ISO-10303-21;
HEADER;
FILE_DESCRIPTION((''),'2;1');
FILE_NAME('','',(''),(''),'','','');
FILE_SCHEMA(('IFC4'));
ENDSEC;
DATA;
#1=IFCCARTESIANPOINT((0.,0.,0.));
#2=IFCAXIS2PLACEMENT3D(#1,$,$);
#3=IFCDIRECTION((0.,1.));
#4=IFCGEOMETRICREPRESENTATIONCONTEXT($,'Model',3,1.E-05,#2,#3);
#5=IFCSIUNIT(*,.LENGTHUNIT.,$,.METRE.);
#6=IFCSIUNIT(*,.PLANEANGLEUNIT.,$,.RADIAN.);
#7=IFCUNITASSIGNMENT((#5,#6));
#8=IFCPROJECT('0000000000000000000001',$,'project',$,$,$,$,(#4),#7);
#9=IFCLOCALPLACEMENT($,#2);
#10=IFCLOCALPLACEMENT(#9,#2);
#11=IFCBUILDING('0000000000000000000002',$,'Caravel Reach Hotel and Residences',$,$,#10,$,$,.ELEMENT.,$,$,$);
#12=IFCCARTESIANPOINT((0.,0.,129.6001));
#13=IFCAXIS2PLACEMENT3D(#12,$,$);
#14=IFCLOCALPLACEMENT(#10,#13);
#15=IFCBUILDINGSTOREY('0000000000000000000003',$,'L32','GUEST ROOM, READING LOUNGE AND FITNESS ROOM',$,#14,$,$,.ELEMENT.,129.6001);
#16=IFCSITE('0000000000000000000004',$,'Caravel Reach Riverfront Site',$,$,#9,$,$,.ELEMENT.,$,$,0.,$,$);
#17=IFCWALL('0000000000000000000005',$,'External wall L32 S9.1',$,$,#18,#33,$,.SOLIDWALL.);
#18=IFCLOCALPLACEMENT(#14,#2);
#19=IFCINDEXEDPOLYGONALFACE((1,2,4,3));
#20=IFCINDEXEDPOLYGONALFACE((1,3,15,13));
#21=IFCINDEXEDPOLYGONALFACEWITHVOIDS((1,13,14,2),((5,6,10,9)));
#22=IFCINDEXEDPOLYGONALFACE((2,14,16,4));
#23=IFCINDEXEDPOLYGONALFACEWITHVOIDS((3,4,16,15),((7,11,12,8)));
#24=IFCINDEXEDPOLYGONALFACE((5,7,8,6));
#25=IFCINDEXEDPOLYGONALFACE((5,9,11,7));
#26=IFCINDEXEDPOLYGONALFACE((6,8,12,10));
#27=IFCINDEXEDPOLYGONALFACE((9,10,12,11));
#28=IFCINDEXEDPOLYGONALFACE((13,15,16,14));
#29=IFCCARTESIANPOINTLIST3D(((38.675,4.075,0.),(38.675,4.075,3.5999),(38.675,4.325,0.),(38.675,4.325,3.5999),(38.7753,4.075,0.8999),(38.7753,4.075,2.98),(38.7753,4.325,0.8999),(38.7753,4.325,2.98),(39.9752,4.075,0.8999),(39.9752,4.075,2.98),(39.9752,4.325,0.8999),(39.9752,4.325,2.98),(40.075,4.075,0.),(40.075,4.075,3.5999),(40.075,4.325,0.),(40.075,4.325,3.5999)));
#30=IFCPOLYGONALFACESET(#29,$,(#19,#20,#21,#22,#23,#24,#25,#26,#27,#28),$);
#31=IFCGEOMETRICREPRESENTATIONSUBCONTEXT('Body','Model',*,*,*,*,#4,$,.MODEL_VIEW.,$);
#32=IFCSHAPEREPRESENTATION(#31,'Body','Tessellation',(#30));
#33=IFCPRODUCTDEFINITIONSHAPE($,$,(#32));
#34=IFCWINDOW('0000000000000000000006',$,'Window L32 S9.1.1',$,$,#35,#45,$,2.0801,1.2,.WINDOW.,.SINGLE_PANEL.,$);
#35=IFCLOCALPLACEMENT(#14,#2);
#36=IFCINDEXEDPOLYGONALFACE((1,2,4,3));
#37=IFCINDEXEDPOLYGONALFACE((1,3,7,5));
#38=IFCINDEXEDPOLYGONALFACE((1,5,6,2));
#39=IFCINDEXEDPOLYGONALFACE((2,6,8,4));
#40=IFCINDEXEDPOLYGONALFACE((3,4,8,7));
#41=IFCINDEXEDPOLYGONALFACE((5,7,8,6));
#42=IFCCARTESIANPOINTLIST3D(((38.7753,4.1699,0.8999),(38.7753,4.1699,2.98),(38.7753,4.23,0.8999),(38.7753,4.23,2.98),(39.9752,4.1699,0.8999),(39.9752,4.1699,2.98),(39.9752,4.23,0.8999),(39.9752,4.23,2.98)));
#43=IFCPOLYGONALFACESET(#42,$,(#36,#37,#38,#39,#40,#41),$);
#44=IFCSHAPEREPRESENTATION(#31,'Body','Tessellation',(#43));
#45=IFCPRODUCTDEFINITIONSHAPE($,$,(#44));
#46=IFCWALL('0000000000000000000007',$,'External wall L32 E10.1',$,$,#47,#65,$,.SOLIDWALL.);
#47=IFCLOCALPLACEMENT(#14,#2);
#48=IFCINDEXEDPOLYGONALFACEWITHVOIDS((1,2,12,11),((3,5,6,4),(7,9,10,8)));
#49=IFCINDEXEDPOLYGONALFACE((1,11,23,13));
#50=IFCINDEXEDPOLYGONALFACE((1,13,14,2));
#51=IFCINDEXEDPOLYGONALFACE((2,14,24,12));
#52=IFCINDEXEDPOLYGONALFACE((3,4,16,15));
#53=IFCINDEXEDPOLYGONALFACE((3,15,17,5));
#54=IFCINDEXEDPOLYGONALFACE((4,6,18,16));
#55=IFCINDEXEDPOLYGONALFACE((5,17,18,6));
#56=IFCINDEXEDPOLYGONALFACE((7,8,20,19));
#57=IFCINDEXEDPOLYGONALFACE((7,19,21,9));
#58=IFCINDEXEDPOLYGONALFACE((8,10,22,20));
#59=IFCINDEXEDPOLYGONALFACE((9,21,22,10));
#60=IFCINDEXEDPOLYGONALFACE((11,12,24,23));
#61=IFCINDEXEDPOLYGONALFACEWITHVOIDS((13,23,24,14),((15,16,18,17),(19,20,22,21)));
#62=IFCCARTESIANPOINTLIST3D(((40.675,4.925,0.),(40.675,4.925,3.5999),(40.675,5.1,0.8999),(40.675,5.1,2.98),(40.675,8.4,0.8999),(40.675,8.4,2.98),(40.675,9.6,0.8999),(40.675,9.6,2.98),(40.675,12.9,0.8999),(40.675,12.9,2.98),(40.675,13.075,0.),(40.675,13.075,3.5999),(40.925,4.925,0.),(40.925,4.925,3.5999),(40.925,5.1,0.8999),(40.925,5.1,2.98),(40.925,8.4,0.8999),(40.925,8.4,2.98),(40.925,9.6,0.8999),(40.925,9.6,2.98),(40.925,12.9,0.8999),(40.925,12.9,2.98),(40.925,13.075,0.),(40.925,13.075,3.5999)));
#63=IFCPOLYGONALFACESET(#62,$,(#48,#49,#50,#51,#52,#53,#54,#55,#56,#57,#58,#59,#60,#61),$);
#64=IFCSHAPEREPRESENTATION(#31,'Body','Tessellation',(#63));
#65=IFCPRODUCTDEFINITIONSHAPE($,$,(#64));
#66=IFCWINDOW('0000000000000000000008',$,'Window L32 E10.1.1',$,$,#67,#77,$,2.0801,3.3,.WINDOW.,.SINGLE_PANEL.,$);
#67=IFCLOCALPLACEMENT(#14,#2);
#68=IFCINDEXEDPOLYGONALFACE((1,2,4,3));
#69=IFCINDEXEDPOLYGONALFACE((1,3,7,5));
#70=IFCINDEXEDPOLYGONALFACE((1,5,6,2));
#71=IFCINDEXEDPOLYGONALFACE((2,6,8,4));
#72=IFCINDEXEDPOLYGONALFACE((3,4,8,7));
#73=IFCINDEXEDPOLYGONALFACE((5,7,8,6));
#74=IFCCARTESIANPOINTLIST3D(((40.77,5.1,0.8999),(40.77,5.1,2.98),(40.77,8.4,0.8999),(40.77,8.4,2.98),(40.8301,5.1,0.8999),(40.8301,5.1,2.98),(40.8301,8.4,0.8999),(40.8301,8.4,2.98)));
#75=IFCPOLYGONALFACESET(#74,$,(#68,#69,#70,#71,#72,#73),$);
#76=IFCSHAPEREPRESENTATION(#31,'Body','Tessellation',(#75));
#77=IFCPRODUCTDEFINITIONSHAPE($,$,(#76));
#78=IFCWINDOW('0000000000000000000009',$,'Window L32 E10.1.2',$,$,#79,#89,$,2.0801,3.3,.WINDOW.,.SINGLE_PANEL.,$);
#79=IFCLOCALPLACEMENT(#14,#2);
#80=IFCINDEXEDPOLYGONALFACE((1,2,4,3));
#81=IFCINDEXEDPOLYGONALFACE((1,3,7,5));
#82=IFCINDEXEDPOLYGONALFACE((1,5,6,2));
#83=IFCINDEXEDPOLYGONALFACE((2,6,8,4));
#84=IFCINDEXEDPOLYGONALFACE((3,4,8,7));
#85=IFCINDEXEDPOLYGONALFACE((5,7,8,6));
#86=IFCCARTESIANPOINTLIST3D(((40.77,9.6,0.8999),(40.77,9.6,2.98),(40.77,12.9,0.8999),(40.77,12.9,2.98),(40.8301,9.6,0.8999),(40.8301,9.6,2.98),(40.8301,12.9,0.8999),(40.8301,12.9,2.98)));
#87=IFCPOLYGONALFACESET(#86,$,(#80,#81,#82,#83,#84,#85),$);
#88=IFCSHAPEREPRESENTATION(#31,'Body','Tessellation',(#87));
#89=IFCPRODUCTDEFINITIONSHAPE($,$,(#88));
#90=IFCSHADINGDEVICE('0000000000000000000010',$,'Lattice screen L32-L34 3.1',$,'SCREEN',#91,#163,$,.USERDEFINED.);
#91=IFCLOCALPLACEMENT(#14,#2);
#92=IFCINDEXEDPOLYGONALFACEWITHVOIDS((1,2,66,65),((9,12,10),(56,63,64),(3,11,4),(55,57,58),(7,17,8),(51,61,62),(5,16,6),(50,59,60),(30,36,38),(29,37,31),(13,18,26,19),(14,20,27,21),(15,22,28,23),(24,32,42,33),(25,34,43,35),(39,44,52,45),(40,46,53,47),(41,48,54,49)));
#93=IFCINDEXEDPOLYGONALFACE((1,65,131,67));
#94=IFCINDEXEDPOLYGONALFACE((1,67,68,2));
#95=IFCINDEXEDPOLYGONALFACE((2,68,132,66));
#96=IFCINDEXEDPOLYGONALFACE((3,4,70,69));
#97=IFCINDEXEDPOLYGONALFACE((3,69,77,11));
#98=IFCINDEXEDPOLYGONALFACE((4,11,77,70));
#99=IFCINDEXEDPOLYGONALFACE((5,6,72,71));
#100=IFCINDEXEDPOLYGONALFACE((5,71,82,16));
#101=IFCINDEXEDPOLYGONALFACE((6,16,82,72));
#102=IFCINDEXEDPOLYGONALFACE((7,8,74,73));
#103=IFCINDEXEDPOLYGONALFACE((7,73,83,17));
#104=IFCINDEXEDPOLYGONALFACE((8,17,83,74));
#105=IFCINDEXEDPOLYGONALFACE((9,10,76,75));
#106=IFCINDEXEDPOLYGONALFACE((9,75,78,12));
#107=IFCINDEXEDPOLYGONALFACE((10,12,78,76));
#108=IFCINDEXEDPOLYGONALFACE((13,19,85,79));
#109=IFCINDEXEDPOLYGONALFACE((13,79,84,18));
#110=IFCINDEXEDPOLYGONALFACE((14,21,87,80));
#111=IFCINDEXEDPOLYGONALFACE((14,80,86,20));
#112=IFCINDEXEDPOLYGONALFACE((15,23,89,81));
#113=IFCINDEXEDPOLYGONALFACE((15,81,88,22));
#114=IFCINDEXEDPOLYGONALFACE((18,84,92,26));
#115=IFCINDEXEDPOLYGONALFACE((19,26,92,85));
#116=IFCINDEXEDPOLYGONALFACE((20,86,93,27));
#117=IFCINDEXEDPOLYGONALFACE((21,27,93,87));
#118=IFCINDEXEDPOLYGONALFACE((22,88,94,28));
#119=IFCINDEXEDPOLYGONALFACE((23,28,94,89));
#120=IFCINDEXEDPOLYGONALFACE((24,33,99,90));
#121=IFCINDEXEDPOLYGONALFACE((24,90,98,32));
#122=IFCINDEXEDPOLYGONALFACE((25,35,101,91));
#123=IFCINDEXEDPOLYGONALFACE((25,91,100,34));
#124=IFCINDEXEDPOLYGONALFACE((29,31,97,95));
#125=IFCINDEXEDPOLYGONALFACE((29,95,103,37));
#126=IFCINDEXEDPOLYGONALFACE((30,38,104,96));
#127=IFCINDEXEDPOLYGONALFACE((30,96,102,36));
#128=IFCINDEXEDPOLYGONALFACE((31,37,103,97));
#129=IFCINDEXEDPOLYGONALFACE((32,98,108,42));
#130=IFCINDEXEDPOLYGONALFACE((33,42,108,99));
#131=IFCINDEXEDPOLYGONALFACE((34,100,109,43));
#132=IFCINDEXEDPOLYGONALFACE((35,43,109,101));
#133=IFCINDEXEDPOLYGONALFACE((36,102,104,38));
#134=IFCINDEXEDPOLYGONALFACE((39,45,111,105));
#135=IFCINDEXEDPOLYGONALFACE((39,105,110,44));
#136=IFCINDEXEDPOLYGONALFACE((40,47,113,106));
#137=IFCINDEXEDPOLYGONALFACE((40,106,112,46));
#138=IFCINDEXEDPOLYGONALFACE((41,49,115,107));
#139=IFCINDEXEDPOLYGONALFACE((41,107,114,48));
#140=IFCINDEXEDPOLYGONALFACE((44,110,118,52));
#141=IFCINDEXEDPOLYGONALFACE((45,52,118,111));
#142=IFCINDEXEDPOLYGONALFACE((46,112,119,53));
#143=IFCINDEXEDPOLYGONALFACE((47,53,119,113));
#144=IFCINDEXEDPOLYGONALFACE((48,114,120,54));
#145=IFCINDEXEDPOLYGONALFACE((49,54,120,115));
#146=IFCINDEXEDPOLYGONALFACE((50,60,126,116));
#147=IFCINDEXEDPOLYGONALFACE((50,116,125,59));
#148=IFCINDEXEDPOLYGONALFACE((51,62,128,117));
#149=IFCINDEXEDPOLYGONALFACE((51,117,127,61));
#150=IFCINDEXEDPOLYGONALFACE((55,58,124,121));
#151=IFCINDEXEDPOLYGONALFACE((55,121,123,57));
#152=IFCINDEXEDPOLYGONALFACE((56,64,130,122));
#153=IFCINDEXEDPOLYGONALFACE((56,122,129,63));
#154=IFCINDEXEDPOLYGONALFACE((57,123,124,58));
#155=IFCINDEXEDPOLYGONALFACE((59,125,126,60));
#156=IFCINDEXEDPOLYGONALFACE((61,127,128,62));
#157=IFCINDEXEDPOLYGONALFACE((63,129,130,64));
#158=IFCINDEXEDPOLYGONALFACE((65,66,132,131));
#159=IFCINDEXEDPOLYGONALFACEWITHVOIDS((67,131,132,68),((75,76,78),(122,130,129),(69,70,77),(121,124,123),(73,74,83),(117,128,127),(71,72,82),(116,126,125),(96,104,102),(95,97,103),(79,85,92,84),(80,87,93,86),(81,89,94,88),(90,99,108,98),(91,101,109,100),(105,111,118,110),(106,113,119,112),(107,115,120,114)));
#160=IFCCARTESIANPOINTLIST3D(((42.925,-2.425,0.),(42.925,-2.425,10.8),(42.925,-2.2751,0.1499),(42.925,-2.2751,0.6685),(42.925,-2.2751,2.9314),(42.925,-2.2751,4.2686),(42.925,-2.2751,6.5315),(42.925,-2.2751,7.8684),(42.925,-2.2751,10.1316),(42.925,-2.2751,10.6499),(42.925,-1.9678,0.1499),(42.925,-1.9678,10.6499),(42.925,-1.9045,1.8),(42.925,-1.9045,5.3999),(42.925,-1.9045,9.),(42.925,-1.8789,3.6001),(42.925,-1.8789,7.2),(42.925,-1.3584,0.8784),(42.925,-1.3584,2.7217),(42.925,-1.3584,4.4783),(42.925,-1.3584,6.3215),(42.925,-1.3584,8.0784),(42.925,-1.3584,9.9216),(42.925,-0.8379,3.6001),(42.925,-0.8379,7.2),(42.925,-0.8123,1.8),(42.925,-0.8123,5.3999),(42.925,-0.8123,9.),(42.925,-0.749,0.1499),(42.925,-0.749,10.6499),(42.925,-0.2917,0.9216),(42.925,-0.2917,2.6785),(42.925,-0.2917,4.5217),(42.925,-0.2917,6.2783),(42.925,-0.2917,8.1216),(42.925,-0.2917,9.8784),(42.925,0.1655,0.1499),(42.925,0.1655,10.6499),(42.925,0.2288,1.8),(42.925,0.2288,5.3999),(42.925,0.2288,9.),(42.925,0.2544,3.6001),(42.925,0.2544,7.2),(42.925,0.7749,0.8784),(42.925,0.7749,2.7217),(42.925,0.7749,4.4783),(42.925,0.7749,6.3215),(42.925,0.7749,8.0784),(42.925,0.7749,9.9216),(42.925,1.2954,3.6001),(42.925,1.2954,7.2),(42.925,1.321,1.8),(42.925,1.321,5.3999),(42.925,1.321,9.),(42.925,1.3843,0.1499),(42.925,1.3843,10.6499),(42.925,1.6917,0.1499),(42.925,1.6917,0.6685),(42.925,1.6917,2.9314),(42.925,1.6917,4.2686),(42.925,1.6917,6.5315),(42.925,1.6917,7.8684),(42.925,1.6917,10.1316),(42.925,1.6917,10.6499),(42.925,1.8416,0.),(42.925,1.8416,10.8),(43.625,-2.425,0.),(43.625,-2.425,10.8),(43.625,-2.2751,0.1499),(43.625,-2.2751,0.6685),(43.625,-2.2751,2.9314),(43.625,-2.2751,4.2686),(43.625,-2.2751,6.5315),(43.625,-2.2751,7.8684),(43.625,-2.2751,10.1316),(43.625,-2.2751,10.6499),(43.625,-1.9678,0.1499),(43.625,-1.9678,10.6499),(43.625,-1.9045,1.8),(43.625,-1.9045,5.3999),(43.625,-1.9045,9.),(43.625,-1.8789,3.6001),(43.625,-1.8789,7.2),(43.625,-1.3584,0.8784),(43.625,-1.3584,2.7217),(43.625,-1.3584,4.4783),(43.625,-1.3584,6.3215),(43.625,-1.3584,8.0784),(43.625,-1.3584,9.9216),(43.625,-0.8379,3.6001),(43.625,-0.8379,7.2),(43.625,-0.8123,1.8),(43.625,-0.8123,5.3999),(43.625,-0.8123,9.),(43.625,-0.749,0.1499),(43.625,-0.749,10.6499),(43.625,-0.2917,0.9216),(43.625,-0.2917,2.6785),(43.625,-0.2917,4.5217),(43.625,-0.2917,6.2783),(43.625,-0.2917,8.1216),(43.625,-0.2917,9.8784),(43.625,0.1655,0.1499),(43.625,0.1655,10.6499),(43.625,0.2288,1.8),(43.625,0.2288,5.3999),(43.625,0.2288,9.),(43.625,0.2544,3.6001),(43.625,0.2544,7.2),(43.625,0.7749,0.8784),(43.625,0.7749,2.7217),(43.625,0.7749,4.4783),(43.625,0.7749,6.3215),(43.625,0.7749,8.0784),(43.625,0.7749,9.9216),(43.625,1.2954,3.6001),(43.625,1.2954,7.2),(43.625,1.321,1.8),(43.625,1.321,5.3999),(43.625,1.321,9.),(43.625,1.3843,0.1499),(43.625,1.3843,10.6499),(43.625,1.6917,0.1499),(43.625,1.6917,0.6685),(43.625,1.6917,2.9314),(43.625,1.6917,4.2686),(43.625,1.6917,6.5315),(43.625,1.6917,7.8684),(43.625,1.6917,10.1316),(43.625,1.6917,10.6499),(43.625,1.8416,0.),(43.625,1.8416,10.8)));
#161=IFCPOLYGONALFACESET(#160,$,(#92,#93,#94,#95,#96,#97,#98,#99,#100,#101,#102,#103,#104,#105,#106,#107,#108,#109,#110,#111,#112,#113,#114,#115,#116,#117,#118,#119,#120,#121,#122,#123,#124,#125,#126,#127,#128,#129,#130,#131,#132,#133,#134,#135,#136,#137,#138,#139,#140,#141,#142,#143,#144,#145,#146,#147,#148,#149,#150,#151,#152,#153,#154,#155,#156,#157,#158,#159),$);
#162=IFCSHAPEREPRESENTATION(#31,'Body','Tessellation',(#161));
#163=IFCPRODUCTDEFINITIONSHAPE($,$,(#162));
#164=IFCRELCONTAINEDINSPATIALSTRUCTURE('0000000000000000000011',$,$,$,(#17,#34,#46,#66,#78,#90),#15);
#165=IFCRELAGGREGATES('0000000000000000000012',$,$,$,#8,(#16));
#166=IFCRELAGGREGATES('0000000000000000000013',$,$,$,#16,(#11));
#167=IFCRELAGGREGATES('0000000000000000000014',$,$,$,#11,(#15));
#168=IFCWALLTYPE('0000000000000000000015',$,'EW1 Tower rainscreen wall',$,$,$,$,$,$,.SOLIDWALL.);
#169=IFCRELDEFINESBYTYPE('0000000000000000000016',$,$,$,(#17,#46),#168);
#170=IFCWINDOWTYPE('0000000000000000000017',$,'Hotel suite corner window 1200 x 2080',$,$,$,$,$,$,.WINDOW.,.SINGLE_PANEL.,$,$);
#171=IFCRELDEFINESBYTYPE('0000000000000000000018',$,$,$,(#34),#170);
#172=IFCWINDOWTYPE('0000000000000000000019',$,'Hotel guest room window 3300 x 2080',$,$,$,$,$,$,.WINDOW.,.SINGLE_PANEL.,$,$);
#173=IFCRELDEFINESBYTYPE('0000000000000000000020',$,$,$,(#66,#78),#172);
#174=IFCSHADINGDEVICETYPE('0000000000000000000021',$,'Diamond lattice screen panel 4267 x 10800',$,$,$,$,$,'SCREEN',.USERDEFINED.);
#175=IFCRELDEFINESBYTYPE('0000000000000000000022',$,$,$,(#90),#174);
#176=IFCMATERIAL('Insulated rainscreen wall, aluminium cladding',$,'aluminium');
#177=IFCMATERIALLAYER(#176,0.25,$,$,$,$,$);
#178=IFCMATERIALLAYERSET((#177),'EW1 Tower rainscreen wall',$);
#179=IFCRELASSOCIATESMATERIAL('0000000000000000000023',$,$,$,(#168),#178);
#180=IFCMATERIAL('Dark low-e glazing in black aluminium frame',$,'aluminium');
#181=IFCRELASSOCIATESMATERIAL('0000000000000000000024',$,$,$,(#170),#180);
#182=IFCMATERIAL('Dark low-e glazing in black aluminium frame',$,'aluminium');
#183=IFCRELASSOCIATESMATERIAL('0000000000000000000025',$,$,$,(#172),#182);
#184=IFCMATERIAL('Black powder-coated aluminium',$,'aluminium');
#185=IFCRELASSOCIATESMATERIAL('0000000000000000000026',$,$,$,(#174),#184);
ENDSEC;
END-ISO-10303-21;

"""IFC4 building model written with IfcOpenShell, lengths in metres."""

from ifc_helpers import new_model, si_unit, direction, frame, frame_2d, origin, place, context, subcontext, project, spatial, polyline, rectangle, outline, extrude, material, layer, layer_set, type_object, element, fill, save


model = new_model("IFC4")

# Units and contexts
model_context = context("Model", 3, precision=1e-05, world=origin(), true_north=direction((0.0, 1.0)))
body_context = subcontext(model_context, "Body", "Model", "MODEL_VIEW")
ifc_project = project(units=[si_unit("LENGTHUNIT", "METRE"), si_unit("PLANEANGLEUNIT", "RADIAN")], contexts=[model_context])

# Site, building, storey
site_placement = place(None, origin())
site = spatial("IfcSite", under=ifc_project, at=site_placement, Name="Caravel Reach Riverfront Site", CompositionType="ELEMENT", RefElevation=0.0)
building_placement = place(site_placement, origin())
building = spatial("IfcBuilding", under=site, at=building_placement, Name="Caravel Reach Hotel and Residences", CompositionType="ELEMENT")
storey_placement = place(building_placement, frame((0.0, 0.0, 129.6001)))
storey = spatial("IfcBuildingStorey", under=building, at=storey_placement, Name="L32", Description="GUEST ROOM, READING LOUNGE AND FITNESS ROOM", CompositionType="ELEMENT", Elevation=129.6001)

# Wall, opening, window
ifc_material_1 = material(Name="Insulated rainscreen wall, aluminium cladding", Category="aluminium")
ifc_layer = layer(ifc_material_1, 0.25)
ifc_layer_set = layer_set([ifc_layer], Name="EW1 Tower rainscreen wall")
wall_type = type_object("IfcWallType", Name="EW1 Tower rainscreen wall", PredefinedType="SOLIDWALL", material=ifc_layer_set)
ifc_material_2 = material(Name="Dark low-e glazing in black aluminium frame", Category="aluminium")
window_type_1 = type_object("IfcWindowType", Name="Hotel suite corner window 1200 x 2080", PartitioningType="SINGLE_PANEL", PredefinedType="WINDOW", material=ifc_material_2)
wall_1_placement = place(storey_placement, frame((38.675, 4.2, 0.0), z_axis=(0.0, 0.0, 1.0), x_axis=(1.0, 0.0, 0.0)))
wall_1 = element("IfcWall", 1, at=wall_1_placement, inside=storey, type_object=wall_type, Name="External wall L32 S9.1", PredefinedType="SOLIDWALL", context=body_context, shape_type="SweptSolid", body=[
    extrude(rectangle(XDim=1.3999, YDim=0.25, at=frame_2d((0.7, 0.0))), origin(), (0.0, 0.0, 1.0), 3.5999),
])
opening_1_placement = place(wall_1_placement, frame((0.1001, 0.0, 0.8999)))
opening_1 = element("IfcOpeningElement", 2, at=opening_1_placement, cuts=wall_1, PredefinedType="OPENING", context=body_context, shape_type="SweptSolid", body=[
    extrude(rectangle(XDim=1.2, YDim=2.0801, at=frame_2d((0.6001, 1.04))), frame((0.0, 0.135, 0.0), z_axis=(0.0, -1.0, 0.0), x_axis=(1.0, 0.0, 0.0)), (0.0, 0.0, 1.0), 0.27),
])
window_1_placement = place(opening_1_placement, origin())
window_1 = element("IfcWindow", 3, at=window_1_placement, inside=storey, type_object=window_type_1, Name="Window L32 S9.1.1", OverallHeight=2.0801, OverallWidth=1.2, PartitioningType="SINGLE_PANEL", PredefinedType="WINDOW", context=body_context, shape_type="SweptSolid", body=[
    extrude(rectangle(XDim=1.2, YDim=2.0801, at=frame_2d((0.6001, 1.04))), frame((0.0, 0.03, 0.0), z_axis=(0.0, -1.0, 0.0), x_axis=(1.0, 0.0, 0.0)), (0.0, 0.0, 1.0), 0.0601),
])
fill(opening_1, window_1)

# Wall, openings, windows
wall_2_placement = place(storey_placement, frame((40.8, 4.925, 0.0), z_axis=(0.0, 0.0, 1.0), x_axis=(0.0, 1.0, 0.0)))
wall_2 = element("IfcWall", 4, at=wall_2_placement, inside=storey, type_object=wall_type, Name="External wall L32 E10.1", PredefinedType="SOLIDWALL", context=body_context, shape_type="SweptSolid", body=[
    extrude(rectangle(XDim=8.1499, YDim=0.25, at=frame_2d((4.075, 0.0))), origin(), (0.0, 0.0, 1.0), 3.5999),
])
opening_2_placement = place(wall_2_placement, frame((0.175, 0.0, 0.8999)))
opening_2 = element("IfcOpeningElement", 5, at=opening_2_placement, cuts=wall_2, PredefinedType="OPENING", context=body_context, shape_type="SweptSolid", body=[
    extrude(rectangle(XDim=3.3, YDim=2.0801, at=frame_2d((1.6499, 1.04))), frame((0.0, 0.135, 0.0), z_axis=(0.0, -1.0, 0.0), x_axis=(1.0, 0.0, 0.0)), (0.0, 0.0, 1.0), 0.27),
])
opening_3_placement = place(wall_2_placement, frame((4.675, 0.0, 0.8999)))
opening_3 = element("IfcOpeningElement", 6, at=opening_3_placement, cuts=wall_2, PredefinedType="OPENING", context=body_context, shape_type="SweptSolid", body=[
    extrude(rectangle(XDim=3.3, YDim=2.0801, at=frame_2d((1.6499, 1.04))), frame((0.0, 0.135, 0.0), z_axis=(0.0, -1.0, 0.0), x_axis=(1.0, 0.0, 0.0)), (0.0, 0.0, 1.0), 0.27),
])
ifc_material_3 = material(Name="Dark low-e glazing in black aluminium frame", Category="aluminium")
window_type_2 = type_object("IfcWindowType", Name="Hotel guest room window 3300 x 2080", PartitioningType="SINGLE_PANEL", PredefinedType="WINDOW", material=ifc_material_3)
window_2_placement = place(opening_2_placement, origin())
window_2 = element("IfcWindow", 7, at=window_2_placement, inside=storey, type_object=window_type_2, Name="Window L32 E10.1.1", OverallHeight=2.0801, OverallWidth=3.3, PartitioningType="SINGLE_PANEL", PredefinedType="WINDOW", context=body_context, shape_type="SweptSolid", body=[
    extrude(rectangle(XDim=3.3, YDim=2.0801, at=frame_2d((1.6499, 1.04))), frame((0.0, 0.03, 0.0), z_axis=(0.0, -1.0, 0.0), x_axis=(1.0, 0.0, 0.0)), (0.0, 0.0, 1.0), 0.0601),
])
fill(opening_2, window_2)
window_3_placement = place(opening_3_placement, origin())
window_3 = element("IfcWindow", 8, at=window_3_placement, inside=storey, type_object=window_type_2, Name="Window L32 E10.1.2", OverallHeight=2.0801, OverallWidth=3.3, PartitioningType="SINGLE_PANEL", PredefinedType="WINDOW", context=body_context, shape_type="SweptSolid", body=[
    extrude(rectangle(XDim=3.3, YDim=2.0801, at=frame_2d((1.6499, 1.04))), frame((0.0, 0.03, 0.0), z_axis=(0.0, -1.0, 0.0), x_axis=(1.0, 0.0, 0.0)), (0.0, 0.0, 1.0), 0.0601),
])
fill(opening_3, window_3)

# Shading device
ifc_material_4 = material(Name="Black powder-coated aluminium", Category="aluminium")
shading_device_type = type_object("IfcShadingDeviceType", Name="Diamond lattice screen panel 4267 x 10800", ElementType="SCREEN", PredefinedType="USERDEFINED", material=ifc_material_4)
shading_device_1_placement = place(storey_placement, frame((42.925, -2.425, 0.0), z_axis=(1.0, 0.0, 0.0), x_axis=(0.0, 1.0, 0.0)))
element("IfcShadingDevice", 9, at=shading_device_1_placement, inside=storey, type_object=shading_device_type, Name="Lattice screen L32-L34 3.1", ObjectType="SCREEN", PredefinedType="USERDEFINED", context=body_context, shape_type="SweptSolid", body=[
    extrude(outline(polyline([(0.0, 0.0), (4.2666, 0.0), (4.2666, 10.8), (0.0, 10.8), (0.0, 0.0)]), holes=[polyline([(0.4573, 0.1499), (0.1499, 0.6685), (0.1499, 0.1499), (0.4573, 0.1499)]), polyline([(0.5461, 3.6001), (0.1499, 4.2686), (0.1499, 2.9314), (0.5461, 3.6001)]), polyline([(0.5461, 7.2), (0.1499, 7.8684), (0.1499, 6.5315), (0.5461, 7.2)]), polyline([(0.1499, 10.1316), (0.4573, 10.6499), (0.1499, 10.6499), (0.1499, 10.1316)]), polyline([(1.0667, 2.7217), (0.5205, 1.8), (1.0667, 0.8784), (1.6128, 1.8), (1.0667, 2.7217)]), polyline([(1.0667, 6.3215), (0.5205, 5.3999), (1.0667, 4.4783), (1.6128, 5.3999), (1.0667, 6.3215)]), polyline([(1.0667, 9.9216), (0.5205, 9.0), (1.0667, 8.0784), (1.6128, 9.0), (1.0667, 9.9216)]), polyline([(2.1333, 0.9216), (1.676, 0.1499), (2.5906, 0.1499), (2.1333, 0.9216)]), polyline([(2.1333, 4.5217), (1.5872, 3.6001), (2.1333, 2.6785), (2.6794, 3.6001), (2.1333, 4.5217)]), polyline([(2.1333, 8.1216), (1.5872, 7.2), (2.1333, 6.2783), (2.6794, 7.2), (2.1333, 8.1216)]), polyline([(2.1333, 9.8784), (2.5906, 10.6499), (1.676, 10.6499), (2.1333, 9.8784)]), polyline([(3.2, 2.7217), (2.6538, 1.8), (3.2, 0.8784), (3.7461, 1.8), (3.2, 2.7217)]), polyline([(3.2, 6.3215), (2.6538, 5.3999), (3.2, 4.4783), (3.7461, 5.3999), (3.2, 6.3215)]), polyline([(3.2, 9.9216), (2.6538, 9.0), (3.2, 8.0784), (3.7461, 9.0), (3.2, 9.9216)]), polyline([(4.1167, 0.6685), (3.8093, 0.1499), (4.1167, 0.1499), (4.1167, 0.6685)]), polyline([(3.7205, 3.6001), (4.1167, 2.9314), (4.1167, 4.2686), (3.7205, 3.6001)]), polyline([(3.7205, 7.2), (4.1167, 6.5315), (4.1167, 7.8684), (3.7205, 7.2)]), polyline([(3.8093, 10.6499), (4.1167, 10.1316), (4.1167, 10.6499), (3.8093, 10.6499)])]), origin(), (0.0, 0.0, 1.0), 0.7),
])

save(model, "model.ifc")
